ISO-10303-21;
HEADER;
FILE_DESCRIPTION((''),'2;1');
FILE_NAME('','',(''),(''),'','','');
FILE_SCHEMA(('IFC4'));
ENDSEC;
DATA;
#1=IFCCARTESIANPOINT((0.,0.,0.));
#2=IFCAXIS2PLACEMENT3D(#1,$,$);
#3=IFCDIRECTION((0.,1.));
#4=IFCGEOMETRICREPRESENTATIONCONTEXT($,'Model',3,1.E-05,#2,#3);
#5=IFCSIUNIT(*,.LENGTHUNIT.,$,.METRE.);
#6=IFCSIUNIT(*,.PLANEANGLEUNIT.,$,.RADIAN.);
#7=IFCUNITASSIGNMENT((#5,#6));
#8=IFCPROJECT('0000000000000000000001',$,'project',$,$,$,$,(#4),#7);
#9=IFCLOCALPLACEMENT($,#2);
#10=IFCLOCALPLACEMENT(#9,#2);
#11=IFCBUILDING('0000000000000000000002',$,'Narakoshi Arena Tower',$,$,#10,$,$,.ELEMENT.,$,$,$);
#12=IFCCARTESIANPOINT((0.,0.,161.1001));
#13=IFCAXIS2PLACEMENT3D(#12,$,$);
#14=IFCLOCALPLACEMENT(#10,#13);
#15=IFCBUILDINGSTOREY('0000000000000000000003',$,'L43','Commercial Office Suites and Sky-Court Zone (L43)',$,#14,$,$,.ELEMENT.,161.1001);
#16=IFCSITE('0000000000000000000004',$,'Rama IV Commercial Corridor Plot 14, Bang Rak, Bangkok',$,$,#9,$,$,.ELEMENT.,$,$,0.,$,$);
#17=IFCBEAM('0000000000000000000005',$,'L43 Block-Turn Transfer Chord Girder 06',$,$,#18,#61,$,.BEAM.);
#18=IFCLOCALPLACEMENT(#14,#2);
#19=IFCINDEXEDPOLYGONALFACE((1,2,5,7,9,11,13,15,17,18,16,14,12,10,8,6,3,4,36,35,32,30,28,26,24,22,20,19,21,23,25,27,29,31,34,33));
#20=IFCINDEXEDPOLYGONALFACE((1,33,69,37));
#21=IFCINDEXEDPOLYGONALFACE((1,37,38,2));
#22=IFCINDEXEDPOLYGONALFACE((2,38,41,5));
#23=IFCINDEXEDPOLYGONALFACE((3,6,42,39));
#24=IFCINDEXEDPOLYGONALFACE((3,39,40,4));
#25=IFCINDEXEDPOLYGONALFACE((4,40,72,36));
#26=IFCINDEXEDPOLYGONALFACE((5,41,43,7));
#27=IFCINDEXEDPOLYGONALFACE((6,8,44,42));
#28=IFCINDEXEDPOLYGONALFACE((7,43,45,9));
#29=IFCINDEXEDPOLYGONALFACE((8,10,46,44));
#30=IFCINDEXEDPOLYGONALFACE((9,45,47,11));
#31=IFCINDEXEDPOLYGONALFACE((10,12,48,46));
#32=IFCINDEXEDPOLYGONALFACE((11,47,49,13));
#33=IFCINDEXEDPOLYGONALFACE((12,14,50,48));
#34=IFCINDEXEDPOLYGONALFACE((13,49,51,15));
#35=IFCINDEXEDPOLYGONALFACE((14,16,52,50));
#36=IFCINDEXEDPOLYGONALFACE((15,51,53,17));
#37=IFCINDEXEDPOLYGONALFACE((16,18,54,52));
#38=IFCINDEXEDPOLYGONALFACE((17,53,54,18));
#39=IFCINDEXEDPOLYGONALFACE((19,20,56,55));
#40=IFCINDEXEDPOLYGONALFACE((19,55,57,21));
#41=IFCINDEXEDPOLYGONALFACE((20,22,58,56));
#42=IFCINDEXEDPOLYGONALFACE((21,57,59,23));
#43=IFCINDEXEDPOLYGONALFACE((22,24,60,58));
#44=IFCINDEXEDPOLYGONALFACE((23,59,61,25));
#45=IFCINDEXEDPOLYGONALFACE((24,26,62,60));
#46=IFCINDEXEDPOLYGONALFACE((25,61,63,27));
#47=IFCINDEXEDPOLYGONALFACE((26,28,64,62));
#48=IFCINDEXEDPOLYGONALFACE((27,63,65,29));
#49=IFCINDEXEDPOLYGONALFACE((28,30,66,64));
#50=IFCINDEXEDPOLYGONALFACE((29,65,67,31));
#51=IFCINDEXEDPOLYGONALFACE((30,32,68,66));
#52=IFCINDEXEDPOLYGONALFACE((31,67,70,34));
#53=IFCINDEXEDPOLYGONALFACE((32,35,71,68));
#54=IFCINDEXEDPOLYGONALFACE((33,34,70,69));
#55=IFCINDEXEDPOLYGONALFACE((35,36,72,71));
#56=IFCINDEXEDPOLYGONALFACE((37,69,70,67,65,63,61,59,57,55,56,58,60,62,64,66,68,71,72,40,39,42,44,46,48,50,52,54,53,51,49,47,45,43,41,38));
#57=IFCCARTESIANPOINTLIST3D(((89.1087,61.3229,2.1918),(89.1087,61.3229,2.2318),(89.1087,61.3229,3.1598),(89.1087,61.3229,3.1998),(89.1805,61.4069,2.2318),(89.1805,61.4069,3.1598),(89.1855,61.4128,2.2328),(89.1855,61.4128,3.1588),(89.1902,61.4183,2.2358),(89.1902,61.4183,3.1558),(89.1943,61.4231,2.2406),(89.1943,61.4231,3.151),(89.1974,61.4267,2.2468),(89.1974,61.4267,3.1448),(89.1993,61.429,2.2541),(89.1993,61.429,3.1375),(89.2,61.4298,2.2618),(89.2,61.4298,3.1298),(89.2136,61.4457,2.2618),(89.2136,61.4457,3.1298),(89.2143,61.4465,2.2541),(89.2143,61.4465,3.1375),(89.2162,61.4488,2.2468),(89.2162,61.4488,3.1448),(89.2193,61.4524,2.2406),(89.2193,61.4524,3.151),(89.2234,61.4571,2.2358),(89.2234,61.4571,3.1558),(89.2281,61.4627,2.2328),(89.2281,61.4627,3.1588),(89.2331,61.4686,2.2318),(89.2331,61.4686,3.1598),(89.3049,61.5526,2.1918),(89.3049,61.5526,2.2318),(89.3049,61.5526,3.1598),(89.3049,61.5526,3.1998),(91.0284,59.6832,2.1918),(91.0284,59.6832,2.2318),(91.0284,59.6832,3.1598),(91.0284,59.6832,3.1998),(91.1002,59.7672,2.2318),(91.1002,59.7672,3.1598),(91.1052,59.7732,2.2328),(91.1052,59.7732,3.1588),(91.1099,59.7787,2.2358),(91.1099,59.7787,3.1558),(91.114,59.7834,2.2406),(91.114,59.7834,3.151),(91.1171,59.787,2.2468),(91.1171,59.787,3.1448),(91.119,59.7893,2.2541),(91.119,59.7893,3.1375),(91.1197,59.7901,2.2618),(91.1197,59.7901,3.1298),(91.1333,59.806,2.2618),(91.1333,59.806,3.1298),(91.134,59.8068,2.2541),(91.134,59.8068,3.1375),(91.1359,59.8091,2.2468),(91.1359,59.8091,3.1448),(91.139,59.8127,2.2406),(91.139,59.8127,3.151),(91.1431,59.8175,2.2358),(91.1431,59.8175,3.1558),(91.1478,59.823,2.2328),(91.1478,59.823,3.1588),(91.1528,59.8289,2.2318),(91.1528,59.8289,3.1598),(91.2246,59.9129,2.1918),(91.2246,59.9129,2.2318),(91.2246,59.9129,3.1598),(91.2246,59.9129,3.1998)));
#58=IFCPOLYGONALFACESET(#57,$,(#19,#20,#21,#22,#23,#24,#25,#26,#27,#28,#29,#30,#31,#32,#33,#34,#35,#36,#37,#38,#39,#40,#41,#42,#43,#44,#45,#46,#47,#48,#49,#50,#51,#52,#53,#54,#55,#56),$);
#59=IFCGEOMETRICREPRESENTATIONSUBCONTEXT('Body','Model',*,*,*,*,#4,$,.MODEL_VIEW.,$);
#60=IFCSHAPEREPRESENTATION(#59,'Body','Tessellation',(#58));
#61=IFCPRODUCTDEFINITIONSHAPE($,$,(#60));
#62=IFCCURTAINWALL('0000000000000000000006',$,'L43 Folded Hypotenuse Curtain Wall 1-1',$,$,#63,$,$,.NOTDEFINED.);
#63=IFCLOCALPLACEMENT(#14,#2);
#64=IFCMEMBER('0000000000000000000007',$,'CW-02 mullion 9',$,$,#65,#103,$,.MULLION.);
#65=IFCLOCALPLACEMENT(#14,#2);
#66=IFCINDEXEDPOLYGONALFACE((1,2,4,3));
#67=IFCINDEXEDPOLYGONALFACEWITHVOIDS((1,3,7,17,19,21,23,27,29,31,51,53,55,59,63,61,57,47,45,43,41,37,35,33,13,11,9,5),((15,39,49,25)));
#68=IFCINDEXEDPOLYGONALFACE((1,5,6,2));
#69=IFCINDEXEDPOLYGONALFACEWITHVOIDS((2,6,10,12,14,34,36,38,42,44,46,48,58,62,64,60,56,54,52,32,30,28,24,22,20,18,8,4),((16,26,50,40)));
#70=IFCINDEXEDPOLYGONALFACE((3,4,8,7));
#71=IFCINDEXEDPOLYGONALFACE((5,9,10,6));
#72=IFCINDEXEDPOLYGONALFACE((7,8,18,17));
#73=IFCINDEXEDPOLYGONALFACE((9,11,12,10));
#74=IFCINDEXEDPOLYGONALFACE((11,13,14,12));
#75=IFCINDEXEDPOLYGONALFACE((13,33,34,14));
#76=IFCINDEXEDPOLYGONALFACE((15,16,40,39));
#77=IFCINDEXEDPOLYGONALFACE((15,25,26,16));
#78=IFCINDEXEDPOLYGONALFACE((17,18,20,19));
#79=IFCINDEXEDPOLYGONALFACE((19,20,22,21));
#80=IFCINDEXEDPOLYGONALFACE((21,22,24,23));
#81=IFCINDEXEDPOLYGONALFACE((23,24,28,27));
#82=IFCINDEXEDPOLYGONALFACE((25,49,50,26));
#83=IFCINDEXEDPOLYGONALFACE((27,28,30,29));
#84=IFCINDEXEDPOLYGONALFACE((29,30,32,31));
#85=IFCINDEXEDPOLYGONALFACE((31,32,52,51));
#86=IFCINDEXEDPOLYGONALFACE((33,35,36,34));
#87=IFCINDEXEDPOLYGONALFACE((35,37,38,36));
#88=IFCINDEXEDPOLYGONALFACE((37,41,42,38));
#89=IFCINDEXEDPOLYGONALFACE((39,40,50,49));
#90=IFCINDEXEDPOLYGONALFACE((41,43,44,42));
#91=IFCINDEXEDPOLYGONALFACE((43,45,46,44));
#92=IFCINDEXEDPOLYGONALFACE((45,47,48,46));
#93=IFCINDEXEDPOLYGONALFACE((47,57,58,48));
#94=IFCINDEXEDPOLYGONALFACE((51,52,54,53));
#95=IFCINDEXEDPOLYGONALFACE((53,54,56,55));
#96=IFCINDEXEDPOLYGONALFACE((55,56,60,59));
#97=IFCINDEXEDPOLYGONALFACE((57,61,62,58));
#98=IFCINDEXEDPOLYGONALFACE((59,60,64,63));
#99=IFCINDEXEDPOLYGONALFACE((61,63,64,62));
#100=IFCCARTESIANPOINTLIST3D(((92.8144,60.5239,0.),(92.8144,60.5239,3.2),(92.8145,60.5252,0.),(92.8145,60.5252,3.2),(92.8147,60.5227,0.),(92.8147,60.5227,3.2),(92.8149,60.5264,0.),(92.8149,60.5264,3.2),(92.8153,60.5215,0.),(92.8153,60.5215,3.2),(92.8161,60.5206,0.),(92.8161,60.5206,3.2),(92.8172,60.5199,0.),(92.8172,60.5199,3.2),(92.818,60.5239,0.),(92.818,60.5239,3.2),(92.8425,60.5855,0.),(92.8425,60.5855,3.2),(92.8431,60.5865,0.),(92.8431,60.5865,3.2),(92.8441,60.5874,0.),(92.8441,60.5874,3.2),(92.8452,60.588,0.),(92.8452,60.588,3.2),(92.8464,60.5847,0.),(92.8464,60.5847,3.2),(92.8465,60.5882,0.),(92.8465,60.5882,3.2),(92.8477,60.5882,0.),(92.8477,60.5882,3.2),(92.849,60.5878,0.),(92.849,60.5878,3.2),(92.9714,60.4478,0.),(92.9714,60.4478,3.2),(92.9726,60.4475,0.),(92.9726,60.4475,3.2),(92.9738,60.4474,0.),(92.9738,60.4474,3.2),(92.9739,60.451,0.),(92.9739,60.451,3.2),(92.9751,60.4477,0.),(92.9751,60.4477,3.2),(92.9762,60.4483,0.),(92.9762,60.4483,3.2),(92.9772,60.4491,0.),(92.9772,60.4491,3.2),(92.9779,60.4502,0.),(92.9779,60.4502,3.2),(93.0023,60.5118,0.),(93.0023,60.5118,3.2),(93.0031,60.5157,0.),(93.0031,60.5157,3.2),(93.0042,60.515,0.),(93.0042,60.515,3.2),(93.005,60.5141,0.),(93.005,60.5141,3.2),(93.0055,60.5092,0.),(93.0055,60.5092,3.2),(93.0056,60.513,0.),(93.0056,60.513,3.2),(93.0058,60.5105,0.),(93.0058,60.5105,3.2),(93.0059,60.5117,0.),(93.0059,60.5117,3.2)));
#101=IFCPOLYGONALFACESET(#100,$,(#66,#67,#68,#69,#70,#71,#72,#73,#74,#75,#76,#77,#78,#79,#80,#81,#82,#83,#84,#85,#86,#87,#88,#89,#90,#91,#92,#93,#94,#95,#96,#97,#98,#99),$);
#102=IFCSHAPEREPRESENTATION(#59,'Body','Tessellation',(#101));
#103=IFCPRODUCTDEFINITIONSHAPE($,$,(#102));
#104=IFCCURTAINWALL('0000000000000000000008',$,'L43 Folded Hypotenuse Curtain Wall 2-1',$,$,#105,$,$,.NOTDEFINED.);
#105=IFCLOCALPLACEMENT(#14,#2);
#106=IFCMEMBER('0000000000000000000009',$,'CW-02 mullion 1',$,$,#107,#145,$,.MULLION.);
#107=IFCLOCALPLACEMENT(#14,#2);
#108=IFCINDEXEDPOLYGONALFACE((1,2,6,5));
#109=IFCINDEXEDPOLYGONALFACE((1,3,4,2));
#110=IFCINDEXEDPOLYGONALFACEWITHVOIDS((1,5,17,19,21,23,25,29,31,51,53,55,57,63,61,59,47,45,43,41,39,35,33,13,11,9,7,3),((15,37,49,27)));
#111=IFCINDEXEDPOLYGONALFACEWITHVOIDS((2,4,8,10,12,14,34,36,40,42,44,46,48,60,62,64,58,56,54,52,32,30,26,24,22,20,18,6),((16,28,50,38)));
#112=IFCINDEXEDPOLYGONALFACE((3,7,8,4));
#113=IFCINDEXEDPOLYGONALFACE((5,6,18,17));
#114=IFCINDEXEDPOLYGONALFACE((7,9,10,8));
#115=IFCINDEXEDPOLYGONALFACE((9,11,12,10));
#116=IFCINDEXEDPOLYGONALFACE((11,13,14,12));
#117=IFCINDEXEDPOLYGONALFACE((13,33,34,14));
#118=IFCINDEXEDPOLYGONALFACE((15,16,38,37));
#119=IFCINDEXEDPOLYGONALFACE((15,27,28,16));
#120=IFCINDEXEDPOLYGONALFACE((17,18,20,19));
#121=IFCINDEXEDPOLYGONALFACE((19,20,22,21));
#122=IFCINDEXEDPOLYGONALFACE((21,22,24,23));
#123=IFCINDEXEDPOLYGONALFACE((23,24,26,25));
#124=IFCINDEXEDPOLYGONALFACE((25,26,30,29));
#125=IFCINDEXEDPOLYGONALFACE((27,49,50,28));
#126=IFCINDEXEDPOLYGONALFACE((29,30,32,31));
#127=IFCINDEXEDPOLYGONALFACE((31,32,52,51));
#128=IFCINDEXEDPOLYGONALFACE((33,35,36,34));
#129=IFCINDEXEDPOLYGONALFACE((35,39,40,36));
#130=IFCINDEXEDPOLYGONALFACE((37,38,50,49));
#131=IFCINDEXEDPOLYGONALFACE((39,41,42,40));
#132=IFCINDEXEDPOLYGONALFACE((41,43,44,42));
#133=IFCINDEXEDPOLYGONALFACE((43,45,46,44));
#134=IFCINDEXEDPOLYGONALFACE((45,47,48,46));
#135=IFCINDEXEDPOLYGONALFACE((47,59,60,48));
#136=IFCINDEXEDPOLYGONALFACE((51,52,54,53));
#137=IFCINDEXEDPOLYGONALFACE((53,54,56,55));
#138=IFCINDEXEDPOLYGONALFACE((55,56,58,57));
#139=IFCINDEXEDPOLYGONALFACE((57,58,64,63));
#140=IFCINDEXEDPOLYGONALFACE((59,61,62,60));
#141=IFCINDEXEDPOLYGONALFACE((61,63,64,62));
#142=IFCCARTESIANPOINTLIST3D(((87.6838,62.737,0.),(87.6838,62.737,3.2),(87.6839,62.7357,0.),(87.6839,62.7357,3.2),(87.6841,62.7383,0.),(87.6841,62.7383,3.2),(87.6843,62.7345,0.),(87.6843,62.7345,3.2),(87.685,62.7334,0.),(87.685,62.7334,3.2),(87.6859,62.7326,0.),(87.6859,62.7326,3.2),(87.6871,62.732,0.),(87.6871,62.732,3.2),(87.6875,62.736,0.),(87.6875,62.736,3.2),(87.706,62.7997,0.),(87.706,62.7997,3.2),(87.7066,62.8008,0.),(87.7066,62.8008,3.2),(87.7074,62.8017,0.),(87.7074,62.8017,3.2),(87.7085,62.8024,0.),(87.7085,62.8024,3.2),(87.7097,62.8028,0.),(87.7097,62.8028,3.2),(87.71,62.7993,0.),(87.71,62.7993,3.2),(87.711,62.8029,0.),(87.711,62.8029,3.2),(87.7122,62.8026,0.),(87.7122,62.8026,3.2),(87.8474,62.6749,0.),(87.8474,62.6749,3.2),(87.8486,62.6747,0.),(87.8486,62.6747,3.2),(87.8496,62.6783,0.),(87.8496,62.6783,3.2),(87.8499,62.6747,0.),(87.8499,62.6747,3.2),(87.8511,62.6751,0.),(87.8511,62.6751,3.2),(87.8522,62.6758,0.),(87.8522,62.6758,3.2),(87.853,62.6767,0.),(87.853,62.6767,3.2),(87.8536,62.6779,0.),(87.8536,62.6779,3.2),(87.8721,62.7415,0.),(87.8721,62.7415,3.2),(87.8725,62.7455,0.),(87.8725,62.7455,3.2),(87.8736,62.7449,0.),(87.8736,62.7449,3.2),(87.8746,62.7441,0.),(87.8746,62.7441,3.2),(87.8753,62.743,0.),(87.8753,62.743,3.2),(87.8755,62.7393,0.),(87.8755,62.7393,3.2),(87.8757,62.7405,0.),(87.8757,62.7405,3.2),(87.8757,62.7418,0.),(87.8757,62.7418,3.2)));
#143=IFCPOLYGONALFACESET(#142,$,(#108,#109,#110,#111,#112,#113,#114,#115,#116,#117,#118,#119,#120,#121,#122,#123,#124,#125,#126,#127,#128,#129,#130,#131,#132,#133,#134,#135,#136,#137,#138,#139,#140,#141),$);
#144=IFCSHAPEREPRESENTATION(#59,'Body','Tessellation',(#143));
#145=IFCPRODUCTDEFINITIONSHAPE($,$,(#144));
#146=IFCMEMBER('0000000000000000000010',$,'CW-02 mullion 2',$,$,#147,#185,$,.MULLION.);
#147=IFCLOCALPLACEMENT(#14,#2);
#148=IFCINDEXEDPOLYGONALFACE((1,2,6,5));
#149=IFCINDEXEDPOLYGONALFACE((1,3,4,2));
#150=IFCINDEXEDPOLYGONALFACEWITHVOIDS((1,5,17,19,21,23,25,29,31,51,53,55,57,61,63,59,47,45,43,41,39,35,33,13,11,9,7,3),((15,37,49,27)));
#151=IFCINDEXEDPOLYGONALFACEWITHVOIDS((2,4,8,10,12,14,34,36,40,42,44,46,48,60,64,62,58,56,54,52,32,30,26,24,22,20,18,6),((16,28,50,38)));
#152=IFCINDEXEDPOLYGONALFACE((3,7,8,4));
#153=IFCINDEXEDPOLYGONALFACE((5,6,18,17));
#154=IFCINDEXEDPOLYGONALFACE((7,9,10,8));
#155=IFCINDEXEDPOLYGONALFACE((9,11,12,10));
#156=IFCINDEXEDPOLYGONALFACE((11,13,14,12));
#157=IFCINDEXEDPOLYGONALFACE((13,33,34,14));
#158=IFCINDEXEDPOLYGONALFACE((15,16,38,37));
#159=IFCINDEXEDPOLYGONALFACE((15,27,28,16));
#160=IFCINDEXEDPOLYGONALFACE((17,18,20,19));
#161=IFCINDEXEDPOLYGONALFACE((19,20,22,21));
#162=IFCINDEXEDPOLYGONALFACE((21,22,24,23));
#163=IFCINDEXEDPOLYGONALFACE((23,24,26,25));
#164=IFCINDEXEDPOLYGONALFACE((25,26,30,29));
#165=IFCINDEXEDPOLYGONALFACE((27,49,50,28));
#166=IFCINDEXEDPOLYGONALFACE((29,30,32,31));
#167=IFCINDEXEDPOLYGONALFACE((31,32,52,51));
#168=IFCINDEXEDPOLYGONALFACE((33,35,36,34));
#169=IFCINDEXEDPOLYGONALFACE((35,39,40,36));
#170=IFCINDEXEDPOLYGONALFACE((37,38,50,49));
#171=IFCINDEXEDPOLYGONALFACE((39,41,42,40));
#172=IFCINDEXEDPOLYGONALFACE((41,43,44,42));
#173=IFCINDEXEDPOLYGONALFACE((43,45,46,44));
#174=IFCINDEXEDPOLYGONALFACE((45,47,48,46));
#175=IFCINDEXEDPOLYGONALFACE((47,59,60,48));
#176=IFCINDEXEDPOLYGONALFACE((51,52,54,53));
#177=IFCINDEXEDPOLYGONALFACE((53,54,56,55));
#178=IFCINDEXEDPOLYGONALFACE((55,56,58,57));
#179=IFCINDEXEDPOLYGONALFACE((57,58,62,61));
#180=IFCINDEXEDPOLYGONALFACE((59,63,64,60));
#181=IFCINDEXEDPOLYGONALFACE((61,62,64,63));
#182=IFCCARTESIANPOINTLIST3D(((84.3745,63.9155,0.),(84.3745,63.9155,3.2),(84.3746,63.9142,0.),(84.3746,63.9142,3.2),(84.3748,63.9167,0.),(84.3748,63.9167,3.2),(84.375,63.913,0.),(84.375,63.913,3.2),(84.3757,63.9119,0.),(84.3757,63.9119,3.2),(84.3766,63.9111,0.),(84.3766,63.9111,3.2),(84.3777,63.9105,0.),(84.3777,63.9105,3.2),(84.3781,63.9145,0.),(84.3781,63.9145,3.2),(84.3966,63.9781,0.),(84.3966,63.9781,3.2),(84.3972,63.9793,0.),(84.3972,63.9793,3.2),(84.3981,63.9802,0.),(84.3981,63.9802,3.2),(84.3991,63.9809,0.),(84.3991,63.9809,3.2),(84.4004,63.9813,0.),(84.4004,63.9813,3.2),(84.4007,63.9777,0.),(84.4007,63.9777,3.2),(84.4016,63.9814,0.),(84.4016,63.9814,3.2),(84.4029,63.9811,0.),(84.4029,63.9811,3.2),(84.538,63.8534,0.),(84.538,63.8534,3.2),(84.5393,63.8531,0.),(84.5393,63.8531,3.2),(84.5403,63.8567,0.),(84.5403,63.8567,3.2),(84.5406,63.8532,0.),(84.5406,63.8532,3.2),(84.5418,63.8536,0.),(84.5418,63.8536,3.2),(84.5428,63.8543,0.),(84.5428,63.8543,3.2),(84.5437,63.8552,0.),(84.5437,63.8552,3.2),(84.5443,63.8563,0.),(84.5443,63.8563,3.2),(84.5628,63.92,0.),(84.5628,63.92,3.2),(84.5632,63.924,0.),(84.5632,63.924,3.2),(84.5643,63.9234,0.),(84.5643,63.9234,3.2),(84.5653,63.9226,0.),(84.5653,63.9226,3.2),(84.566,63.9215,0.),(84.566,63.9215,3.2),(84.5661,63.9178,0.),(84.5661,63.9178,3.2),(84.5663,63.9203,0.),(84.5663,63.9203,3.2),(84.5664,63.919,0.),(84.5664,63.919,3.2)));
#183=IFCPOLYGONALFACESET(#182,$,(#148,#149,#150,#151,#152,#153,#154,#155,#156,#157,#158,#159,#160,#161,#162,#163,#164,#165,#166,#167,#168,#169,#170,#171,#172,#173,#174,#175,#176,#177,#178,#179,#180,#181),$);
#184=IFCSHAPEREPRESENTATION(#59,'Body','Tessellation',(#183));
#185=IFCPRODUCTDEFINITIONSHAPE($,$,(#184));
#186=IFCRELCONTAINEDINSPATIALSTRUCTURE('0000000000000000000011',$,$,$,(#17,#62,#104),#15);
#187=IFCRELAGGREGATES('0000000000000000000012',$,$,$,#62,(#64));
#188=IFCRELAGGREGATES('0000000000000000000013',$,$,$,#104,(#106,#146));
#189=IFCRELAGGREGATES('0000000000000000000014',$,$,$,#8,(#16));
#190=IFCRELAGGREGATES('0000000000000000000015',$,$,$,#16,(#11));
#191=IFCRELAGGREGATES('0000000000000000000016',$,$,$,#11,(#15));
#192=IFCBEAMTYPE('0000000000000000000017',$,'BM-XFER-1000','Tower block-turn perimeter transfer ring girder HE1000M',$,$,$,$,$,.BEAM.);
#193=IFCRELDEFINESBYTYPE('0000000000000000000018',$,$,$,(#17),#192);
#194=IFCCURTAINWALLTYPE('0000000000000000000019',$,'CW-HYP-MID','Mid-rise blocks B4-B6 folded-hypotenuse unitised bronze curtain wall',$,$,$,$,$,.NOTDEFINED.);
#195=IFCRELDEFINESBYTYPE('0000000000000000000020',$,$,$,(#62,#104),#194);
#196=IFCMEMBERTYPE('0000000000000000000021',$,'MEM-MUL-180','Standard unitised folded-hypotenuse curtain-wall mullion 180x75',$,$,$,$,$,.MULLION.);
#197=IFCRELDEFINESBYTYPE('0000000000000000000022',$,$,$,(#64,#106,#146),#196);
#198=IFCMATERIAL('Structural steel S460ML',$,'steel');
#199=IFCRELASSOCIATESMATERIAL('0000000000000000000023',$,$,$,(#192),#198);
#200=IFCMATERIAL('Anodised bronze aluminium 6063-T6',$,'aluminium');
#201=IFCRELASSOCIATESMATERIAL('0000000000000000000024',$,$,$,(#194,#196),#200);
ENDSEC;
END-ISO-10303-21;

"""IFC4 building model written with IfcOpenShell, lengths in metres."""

from ifc_helpers import new_model, si_unit, direction, frame, origin, origin_2d, place, context, subcontext, project, spatial, hollow_rectangle, i_section, extrude, material, material_profile, profile_set, type_object, element, aggregate, save


model = new_model("IFC4")

# Units and contexts
model_context = context("Model", 3, precision=1e-05, world=origin(), true_north=direction((0.0, 1.0)))
body_context = subcontext(model_context, "Body", "Model", "MODEL_VIEW")
ifc_project = project(units=[si_unit("LENGTHUNIT", "METRE"), si_unit("PLANEANGLEUNIT", "RADIAN")], contexts=[model_context])

# Site, building, storey
site_placement = place(None, origin())
site = spatial("IfcSite", under=ifc_project, at=site_placement, Name="Rama IV Commercial Corridor Plot 14, Bang Rak, Bangkok", CompositionType="ELEMENT", RefElevation=0.0)
building_placement = place(site_placement, origin())
building = spatial("IfcBuilding", under=site, at=building_placement, Name="Narakoshi Arena Tower", CompositionType="ELEMENT")
storey_placement = place(building_placement, frame((0.0, 0.0, 161.1001)))
storey = spatial("IfcBuildingStorey", under=building, at=storey_placement, Name="L43", Description="Commercial Office Suites and Sky-Court Zone (L43)", CompositionType="ELEMENT", Elevation=161.1001)

# Beam
ifc_material_1 = material(Name="Structural steel S460ML", Category="steel")
ifc_material_profile_1 = material_profile(ifc_material_1, i_section(OverallWidth=0.302, OverallDepth=1.0081, WebThickness=0.021, FlangeThickness=0.04, FilletRadius=0.03, at=origin_2d()), Name="HE1000M")
ifc_profile_set_1 = profile_set([ifc_material_profile_1], Name="Structural steel S460ML")
beam_type = type_object("IfcBeamType", Name="BM-XFER-1000", Description="Tower block-turn perimeter transfer ring girder HE1000M", PredefinedType="BEAM", material=ifc_profile_set_1)
beam_1_placement = place(storey_placement, frame((89.2068, 61.4377, 2.6958), z_axis=(0.760389, -0.649468, 0.0), x_axis=(0.649468, 0.760389, 0.0)))
element("IfcBeam", 1, at=beam_1_placement, inside=storey, type_object=beam_type, Name="L43 Block-Turn Transfer Chord Girder 06", PredefinedType="BEAM", context=body_context, shape_type="SweptSolid", body=[
    extrude(i_section(OverallWidth=0.302, OverallDepth=1.0081, WebThickness=0.021, FlangeThickness=0.04, FilletRadius=0.03, at=origin_2d()), origin(), (0.0, 0.0, 1.0), 2.5247),
])

# Curtain wall, member
ifc_material_2 = material(Name="Anodised bronze aluminium 6063-T6", Category="aluminium")
curtain_wall_type = type_object("IfcCurtainWallType", Name="CW-HYP-MID", Description="Mid-rise blocks B4-B6 folded-hypotenuse unitised bronze curtain wall", PredefinedType="NOTDEFINED", material=ifc_material_2)
curtain_wall_1_placement = place(storey_placement, origin())
curtain_wall_1 = element("IfcCurtainWall", 2, at=curtain_wall_1_placement, inside=storey, type_object=curtain_wall_type, Name="L43 Folded Hypotenuse Curtain Wall 1-1", PredefinedType="NOTDEFINED")
ifc_material_profile_2 = material_profile(ifc_material_2, hollow_rectangle(XDim=0.075, YDim=0.1799, WallThickness=0.0039, OuterFilletRadius=0.0049, at=origin_2d()), Name="MUL180x75x4")
ifc_profile_set_2 = profile_set([ifc_material_profile_2], Name="Anodised bronze aluminium 6063-T6")
member_type_1 = type_object("IfcMemberType", Name="MEM-MUL-180", Description="Standard unitised folded-hypotenuse curtain-wall mullion 180x75", PredefinedType="MULLION", material=ifc_profile_set_2)
member_1_placement = place(storey_placement, frame((92.9102, 60.5178, 0.0), z_axis=(0.0, 0.0, 1.0), x_axis=(-0.423532, -0.905881, 0.0)))
member_1 = element("IfcMember", 3, at=member_1_placement, type_object=member_type_1, Name="CW-02 mullion 9", PredefinedType="MULLION", context=body_context, shape_type="SweptSolid", body=[
    extrude(hollow_rectangle(XDim=0.075, YDim=0.1799, WallThickness=0.0039, OuterFilletRadius=0.0049, at=origin_2d()), origin(), (0.0, 0.0, 1.0), 3.2),
])
aggregate(curtain_wall_1, [member_1])

# Curtain wall, members
curtain_wall_2_placement = place(storey_placement, origin())
curtain_wall_2 = element("IfcCurtainWall", 4, at=curtain_wall_2_placement, inside=storey, type_object=curtain_wall_type, Name="L43 Folded Hypotenuse Curtain Wall 2-1", PredefinedType="NOTDEFINED")
member_2_placement = place(storey_placement, frame((87.7798, 62.7388, 0.0), z_axis=(0.0, 0.0, 1.0), x_axis=(-0.335518, -0.942034, 0.0)))
member_2 = element("IfcMember", 5, at=member_2_placement, type_object=member_type_1, Name="CW-02 mullion 1", PredefinedType="MULLION", context=body_context, shape_type="SweptSolid", body=[
    extrude(hollow_rectangle(XDim=0.075, YDim=0.1799, WallThickness=0.0039, OuterFilletRadius=0.0049, at=origin_2d()), origin(), (0.0, 0.0, 1.0), 3.2),
])
member_3_placement = place(storey_placement, frame((84.4705, 63.9172, 0.0), z_axis=(0.0, 0.0, 1.0), x_axis=(-0.335518, -0.942034, 0.0)))
member_3 = element("IfcMember", 6, at=member_3_placement, type_object=member_type_1, Name="CW-02 mullion 2", PredefinedType="MULLION", context=body_context, shape_type="SweptSolid", body=[
    extrude(hollow_rectangle(XDim=0.075, YDim=0.1799, WallThickness=0.0039, OuterFilletRadius=0.0049, at=origin_2d()), origin(), (0.0, 0.0, 1.0), 3.2),
])
aggregate(curtain_wall_2, [member_2, member_3])

save(model, "model.ifc")
